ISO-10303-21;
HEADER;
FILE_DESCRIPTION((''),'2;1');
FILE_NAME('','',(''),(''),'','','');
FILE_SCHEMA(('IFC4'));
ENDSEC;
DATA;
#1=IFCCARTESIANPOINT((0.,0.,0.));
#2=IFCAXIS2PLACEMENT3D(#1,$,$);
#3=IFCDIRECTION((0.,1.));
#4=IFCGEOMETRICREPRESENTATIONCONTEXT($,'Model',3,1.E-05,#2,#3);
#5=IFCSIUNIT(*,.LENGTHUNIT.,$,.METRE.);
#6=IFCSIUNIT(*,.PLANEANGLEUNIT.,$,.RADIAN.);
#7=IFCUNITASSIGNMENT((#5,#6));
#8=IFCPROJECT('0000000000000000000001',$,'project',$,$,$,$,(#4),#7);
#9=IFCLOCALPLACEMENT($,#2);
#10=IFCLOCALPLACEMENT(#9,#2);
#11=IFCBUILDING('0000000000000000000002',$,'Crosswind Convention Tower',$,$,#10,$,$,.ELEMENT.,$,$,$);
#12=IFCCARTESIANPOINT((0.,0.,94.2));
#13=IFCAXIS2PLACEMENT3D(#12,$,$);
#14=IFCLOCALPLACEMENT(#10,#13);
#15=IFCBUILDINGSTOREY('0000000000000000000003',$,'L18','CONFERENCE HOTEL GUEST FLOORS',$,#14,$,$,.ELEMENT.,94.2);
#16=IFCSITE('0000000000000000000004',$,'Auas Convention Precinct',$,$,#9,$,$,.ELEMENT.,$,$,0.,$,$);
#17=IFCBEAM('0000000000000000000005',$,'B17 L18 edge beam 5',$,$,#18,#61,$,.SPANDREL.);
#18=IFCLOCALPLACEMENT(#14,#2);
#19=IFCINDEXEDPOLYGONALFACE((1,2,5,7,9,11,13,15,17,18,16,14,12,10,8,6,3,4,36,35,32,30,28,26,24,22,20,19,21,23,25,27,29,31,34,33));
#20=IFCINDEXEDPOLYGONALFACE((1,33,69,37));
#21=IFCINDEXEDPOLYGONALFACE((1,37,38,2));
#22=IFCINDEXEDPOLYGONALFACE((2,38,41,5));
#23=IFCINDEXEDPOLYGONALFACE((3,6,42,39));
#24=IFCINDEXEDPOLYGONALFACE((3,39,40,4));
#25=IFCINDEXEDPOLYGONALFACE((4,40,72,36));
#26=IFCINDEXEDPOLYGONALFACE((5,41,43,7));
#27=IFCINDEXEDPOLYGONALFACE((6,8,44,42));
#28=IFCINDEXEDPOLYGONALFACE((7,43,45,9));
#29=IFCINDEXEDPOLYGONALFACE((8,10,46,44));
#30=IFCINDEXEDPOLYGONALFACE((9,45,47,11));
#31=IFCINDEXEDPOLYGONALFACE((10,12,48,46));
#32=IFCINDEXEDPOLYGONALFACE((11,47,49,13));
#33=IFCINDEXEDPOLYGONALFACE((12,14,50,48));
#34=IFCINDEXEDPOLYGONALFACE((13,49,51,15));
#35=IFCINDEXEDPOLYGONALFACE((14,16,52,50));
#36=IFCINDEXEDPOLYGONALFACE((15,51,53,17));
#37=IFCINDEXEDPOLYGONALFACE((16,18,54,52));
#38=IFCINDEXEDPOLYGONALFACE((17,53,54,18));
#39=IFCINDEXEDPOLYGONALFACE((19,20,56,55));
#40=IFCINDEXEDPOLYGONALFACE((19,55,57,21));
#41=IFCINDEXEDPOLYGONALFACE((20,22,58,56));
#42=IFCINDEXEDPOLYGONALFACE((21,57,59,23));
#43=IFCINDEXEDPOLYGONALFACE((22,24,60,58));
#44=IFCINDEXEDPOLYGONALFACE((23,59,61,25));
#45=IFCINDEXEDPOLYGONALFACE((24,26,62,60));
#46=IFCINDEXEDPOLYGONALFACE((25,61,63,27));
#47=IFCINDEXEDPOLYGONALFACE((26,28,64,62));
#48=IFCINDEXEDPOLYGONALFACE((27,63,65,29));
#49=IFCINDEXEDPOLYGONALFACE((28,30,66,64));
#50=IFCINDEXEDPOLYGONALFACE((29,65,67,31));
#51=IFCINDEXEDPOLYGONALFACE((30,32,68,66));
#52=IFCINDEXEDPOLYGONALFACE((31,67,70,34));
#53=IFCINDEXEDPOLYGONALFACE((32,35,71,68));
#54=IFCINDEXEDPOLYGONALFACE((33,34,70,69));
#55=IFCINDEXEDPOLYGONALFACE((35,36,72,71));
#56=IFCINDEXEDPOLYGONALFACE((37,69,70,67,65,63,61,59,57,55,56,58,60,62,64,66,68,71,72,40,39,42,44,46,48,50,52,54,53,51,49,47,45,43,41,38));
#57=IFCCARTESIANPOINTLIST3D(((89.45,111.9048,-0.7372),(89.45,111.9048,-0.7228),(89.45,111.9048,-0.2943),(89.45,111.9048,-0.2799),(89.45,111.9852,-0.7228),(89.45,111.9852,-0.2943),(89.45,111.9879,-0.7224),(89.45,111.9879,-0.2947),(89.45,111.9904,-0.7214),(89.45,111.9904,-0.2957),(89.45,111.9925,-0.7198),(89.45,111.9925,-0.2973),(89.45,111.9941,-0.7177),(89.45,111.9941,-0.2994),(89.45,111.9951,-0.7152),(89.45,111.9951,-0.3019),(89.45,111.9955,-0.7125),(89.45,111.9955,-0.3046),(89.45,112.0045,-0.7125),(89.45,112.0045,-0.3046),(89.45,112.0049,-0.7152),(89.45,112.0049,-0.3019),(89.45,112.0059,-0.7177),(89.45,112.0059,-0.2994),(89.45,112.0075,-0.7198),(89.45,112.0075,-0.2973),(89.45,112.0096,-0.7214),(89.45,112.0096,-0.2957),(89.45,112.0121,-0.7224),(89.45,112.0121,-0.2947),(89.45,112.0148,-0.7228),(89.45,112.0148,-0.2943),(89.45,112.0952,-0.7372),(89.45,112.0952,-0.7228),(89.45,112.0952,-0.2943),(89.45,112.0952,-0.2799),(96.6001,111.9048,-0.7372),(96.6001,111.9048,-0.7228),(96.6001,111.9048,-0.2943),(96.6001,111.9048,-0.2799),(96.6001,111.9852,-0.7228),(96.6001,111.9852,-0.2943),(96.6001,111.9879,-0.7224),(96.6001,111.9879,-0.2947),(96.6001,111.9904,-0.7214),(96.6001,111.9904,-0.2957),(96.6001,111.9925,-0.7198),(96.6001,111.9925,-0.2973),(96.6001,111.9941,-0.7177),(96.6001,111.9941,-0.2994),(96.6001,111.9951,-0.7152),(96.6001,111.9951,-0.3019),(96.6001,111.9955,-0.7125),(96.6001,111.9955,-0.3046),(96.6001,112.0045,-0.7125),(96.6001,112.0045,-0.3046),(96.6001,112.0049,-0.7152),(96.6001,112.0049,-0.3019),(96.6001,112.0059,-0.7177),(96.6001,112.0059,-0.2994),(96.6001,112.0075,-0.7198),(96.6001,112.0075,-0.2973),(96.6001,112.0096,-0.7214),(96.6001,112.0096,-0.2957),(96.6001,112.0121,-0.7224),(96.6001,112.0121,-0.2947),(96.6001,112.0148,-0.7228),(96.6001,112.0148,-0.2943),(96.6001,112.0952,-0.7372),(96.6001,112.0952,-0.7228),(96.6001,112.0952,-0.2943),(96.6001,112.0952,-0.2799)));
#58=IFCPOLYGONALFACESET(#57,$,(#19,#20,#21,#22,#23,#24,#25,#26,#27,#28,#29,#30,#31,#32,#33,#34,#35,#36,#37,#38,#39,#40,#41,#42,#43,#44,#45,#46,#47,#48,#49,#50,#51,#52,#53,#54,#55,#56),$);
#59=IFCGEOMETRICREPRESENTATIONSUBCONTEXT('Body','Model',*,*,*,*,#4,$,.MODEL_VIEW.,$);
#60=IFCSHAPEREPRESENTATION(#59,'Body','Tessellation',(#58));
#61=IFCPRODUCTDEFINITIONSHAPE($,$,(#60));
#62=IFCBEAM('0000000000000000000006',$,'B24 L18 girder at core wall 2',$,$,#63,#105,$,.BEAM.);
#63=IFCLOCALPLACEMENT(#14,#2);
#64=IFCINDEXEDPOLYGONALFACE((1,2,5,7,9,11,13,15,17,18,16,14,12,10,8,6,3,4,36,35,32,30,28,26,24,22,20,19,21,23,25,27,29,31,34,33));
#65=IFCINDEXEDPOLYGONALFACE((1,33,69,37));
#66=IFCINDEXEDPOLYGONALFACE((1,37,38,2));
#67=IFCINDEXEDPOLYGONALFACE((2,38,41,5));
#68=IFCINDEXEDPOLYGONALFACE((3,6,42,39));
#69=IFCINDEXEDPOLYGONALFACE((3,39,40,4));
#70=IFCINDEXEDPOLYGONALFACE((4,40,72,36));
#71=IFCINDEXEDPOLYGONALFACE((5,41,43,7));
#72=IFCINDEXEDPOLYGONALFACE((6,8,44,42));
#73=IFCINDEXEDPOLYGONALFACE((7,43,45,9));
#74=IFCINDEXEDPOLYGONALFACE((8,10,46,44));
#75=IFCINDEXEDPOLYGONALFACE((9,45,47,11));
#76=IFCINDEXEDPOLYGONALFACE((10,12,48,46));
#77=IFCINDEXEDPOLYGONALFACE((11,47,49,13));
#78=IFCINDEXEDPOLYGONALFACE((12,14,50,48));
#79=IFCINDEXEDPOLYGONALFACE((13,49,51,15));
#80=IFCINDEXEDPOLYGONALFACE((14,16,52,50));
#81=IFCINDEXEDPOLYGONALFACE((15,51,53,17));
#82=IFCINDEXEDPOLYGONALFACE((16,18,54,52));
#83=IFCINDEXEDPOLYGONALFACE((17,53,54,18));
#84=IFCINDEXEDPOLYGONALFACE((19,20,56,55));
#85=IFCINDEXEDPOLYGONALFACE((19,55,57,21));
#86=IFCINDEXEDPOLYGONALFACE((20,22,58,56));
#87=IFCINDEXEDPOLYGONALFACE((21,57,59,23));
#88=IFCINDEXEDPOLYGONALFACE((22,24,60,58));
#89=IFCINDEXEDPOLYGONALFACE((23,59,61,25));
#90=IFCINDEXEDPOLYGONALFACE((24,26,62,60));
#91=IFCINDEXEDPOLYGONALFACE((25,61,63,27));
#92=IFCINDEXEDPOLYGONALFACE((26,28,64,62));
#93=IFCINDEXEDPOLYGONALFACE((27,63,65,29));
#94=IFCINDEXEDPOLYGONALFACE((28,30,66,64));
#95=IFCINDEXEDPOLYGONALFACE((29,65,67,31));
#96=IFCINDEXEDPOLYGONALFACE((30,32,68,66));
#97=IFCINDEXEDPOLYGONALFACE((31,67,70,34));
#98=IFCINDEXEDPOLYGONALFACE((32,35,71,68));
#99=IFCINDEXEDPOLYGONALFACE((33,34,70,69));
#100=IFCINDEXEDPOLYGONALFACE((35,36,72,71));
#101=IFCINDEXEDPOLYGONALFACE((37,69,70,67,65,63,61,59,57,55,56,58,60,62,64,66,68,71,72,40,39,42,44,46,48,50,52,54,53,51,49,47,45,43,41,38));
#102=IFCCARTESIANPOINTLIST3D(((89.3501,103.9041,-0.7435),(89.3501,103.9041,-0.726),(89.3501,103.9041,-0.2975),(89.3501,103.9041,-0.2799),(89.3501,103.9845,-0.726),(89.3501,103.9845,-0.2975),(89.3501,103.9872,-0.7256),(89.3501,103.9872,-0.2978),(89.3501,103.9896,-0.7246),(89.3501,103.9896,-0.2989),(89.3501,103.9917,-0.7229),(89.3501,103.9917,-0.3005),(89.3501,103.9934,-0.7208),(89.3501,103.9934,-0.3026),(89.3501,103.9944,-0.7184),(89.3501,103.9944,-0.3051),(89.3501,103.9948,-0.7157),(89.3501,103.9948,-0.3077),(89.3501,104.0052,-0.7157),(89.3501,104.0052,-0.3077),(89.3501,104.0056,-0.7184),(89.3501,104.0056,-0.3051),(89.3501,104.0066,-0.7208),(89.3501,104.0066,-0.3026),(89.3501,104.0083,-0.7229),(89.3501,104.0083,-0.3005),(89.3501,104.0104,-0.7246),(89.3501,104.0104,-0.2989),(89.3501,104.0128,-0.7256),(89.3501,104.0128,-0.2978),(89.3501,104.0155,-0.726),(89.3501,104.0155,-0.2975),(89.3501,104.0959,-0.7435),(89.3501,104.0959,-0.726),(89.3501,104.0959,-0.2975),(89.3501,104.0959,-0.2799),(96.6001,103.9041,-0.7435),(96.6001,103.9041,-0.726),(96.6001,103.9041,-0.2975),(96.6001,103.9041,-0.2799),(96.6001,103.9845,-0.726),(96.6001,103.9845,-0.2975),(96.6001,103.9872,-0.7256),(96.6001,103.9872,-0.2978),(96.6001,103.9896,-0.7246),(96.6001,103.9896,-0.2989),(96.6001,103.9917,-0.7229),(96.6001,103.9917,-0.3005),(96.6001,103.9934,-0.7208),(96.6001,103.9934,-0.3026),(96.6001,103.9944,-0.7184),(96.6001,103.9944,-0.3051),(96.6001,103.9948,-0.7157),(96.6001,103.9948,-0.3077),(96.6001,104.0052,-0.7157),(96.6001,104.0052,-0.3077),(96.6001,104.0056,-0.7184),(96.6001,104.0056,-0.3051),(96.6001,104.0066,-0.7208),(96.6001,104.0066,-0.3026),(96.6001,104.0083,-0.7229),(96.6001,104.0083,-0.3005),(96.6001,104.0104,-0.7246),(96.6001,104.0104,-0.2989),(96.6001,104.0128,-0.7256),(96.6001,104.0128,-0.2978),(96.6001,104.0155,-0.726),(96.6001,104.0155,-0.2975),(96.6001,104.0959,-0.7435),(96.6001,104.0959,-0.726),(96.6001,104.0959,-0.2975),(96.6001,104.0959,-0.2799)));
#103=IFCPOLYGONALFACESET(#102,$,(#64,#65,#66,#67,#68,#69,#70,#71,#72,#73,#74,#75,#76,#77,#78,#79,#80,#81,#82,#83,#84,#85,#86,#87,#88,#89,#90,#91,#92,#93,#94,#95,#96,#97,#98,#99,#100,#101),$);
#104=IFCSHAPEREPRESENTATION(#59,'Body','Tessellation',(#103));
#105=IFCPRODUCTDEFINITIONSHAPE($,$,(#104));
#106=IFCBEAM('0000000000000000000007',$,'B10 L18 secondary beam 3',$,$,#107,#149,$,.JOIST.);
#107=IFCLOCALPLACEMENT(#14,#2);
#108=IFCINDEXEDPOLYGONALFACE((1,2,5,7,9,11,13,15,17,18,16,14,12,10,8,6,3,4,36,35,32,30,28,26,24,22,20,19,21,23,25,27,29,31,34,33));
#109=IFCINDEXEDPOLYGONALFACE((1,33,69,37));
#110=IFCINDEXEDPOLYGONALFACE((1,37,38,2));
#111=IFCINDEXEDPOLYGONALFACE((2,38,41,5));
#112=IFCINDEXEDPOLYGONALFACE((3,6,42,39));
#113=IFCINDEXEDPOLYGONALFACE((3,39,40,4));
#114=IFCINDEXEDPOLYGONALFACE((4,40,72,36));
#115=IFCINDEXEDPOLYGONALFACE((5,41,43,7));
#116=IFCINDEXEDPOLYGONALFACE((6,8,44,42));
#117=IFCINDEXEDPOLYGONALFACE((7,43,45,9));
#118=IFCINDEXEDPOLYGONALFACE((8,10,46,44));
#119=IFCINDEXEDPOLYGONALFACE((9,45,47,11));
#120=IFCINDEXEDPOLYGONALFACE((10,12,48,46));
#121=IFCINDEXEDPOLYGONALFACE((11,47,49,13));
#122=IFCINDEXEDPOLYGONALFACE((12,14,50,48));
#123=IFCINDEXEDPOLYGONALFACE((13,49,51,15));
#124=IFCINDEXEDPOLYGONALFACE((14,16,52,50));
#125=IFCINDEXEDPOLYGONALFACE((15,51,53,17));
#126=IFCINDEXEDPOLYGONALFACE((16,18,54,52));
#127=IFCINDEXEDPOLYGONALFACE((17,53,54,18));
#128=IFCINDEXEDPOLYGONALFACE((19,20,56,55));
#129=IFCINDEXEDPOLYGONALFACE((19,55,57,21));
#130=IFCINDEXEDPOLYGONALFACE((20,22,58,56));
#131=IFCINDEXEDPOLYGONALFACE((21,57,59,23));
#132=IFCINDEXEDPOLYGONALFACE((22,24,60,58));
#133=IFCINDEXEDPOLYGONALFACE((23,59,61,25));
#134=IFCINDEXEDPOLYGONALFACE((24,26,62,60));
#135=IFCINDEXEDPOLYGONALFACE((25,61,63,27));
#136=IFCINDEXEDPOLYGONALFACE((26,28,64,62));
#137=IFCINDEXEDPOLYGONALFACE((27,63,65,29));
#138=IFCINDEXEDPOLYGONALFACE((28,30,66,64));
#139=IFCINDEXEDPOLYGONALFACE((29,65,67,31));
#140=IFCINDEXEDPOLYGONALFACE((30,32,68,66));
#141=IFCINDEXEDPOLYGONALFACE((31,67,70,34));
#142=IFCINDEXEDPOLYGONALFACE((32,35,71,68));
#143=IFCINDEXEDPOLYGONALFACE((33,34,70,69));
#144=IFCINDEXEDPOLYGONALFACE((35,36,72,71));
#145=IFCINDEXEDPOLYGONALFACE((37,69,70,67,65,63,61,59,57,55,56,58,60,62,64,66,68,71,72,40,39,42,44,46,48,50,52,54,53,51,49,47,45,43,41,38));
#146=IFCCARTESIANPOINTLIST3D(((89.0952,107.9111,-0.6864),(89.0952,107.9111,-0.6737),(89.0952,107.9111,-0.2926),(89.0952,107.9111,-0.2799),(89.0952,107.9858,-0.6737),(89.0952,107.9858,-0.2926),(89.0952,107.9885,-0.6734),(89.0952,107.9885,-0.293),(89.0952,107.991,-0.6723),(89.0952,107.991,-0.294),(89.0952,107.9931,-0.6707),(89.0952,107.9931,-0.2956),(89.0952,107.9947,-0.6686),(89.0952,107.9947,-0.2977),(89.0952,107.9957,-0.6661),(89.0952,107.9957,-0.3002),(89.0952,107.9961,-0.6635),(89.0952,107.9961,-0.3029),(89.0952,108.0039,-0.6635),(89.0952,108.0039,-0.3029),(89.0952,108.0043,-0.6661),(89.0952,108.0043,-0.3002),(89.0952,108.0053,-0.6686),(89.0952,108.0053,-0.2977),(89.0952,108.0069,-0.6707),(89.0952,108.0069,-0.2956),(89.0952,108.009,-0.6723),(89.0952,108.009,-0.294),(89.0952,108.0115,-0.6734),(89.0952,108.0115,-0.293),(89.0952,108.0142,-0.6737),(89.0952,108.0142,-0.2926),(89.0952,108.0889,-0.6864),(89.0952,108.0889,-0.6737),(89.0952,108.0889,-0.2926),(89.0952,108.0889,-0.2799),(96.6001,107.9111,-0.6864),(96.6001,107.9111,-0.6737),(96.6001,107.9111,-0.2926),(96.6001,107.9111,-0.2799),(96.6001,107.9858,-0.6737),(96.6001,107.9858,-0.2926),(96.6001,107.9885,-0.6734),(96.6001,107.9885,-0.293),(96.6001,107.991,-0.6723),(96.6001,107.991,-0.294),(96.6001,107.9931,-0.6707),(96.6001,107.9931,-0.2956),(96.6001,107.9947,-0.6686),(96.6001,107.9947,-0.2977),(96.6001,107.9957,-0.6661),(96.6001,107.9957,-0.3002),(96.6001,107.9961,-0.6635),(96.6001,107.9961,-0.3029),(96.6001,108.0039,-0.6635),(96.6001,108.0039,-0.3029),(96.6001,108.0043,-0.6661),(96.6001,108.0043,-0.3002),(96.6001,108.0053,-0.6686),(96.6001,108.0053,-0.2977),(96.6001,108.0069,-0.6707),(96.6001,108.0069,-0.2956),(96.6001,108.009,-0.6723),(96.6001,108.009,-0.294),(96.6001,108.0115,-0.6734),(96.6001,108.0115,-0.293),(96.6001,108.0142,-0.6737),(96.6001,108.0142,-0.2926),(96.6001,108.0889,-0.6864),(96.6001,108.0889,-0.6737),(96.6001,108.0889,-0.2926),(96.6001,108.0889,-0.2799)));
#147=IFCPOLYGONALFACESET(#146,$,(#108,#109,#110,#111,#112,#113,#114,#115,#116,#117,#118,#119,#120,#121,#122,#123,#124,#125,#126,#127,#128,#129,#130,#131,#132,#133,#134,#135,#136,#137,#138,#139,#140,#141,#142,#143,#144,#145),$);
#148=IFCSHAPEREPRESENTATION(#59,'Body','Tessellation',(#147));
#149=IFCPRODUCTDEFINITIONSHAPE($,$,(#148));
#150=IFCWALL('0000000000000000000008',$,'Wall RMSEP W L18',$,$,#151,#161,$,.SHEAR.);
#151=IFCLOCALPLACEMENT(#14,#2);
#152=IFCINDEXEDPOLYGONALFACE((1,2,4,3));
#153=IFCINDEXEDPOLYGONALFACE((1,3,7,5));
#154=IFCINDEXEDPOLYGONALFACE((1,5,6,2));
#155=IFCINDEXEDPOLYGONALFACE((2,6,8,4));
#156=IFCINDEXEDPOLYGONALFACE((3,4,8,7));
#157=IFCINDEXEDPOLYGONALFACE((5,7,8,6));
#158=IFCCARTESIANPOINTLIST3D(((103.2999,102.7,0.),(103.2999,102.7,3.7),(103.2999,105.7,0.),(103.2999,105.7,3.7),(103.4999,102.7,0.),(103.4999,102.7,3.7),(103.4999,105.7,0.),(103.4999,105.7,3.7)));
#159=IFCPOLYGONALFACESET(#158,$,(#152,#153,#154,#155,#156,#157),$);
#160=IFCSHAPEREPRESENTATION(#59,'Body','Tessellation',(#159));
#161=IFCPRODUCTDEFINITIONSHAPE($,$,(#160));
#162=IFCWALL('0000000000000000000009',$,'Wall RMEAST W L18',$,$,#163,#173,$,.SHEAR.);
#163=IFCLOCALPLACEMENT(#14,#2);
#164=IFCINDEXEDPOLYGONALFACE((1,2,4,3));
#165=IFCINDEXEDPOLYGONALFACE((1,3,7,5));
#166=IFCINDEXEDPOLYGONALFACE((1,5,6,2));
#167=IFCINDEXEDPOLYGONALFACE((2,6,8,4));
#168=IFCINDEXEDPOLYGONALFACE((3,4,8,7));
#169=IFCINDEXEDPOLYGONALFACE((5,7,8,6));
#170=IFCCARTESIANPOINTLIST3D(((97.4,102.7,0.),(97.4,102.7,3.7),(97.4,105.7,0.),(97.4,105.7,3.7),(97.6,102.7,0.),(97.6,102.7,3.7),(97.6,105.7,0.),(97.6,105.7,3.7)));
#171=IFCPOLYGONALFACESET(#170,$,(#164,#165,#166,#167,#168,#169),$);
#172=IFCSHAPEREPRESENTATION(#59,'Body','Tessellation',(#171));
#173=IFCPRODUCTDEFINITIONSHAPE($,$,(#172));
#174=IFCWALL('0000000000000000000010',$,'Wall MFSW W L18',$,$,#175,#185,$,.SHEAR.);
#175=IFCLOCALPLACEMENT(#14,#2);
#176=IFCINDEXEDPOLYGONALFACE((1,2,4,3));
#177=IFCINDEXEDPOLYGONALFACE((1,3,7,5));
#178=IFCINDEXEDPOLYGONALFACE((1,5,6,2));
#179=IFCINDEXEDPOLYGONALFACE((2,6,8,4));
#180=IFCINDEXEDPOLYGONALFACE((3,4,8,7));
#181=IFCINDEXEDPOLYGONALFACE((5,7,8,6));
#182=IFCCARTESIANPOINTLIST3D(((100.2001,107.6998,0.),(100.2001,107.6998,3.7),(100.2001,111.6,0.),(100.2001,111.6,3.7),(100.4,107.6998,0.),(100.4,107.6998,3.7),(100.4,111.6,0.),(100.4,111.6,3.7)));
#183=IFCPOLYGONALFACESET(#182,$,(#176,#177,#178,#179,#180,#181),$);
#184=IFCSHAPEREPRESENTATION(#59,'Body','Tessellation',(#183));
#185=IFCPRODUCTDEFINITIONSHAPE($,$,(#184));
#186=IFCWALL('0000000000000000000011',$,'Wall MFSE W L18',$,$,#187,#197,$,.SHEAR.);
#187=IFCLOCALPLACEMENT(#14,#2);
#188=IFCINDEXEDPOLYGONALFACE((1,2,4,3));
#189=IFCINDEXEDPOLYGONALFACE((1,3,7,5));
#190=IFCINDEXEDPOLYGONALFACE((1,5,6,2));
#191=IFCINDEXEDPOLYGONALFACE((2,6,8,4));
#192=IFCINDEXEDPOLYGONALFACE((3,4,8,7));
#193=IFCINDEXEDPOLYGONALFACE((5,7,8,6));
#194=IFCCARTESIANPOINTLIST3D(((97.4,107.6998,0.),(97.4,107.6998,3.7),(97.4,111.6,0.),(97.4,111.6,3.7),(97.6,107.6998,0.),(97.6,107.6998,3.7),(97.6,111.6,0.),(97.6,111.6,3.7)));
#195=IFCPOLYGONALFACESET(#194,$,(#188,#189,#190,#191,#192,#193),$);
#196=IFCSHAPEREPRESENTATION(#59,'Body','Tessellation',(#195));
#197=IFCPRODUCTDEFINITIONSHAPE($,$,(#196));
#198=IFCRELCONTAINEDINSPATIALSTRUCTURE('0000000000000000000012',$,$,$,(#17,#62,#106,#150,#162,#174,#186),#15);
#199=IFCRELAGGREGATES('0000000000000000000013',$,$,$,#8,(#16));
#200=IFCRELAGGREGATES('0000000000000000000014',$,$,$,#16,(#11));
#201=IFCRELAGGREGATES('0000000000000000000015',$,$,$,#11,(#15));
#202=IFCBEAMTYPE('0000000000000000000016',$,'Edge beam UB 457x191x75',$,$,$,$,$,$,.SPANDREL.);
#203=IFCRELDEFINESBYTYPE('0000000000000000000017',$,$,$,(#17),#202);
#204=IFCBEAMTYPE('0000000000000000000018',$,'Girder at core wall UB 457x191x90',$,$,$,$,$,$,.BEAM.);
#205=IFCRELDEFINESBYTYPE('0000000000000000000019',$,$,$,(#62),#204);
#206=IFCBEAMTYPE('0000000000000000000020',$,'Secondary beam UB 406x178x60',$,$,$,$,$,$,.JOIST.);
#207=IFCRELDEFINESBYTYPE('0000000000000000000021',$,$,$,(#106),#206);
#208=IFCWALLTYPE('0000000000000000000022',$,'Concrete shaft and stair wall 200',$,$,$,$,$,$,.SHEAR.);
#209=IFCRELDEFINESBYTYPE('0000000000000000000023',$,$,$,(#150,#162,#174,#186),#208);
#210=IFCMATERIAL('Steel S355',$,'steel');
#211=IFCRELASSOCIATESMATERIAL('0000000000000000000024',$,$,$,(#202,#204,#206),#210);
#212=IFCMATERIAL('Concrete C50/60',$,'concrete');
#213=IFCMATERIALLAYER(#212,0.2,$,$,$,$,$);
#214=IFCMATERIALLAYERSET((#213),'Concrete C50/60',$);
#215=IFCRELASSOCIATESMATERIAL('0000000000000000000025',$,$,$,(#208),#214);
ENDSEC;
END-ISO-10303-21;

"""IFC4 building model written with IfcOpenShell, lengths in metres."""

from ifc_helpers import new_model, si_unit, direction, frame, frame_2d, origin, origin_2d, place, context, subcontext, project, spatial, rectangle, i_section, extrude, material, layer, layer_set, material_profile, profile_set, type_object, element, save


model = new_model("IFC4")

# Units and contexts
model_context = context("Model", 3, precision=1e-05, world=origin(), true_north=direction((0.0, 1.0)))
body_context = subcontext(model_context, "Body", "Model", "MODEL_VIEW")
ifc_project = project(units=[si_unit("LENGTHUNIT", "METRE"), si_unit("PLANEANGLEUNIT", "RADIAN")], contexts=[model_context])

# Site, building, storey
site_placement = place(None, origin())
site = spatial("IfcSite", under=ifc_project, at=site_placement, Name="Auas Convention Precinct", CompositionType="ELEMENT", RefElevation=0.0)
building_placement = place(site_placement, origin())
building = spatial("IfcBuilding", under=site, at=building_placement, Name="Crosswind Convention Tower", CompositionType="ELEMENT")
storey_placement = place(building_placement, frame((0.0, 0.0, 94.2)))
storey = spatial("IfcBuildingStorey", under=building, at=storey_placement, Name="L18", Description="CONFERENCE HOTEL GUEST FLOORS", CompositionType="ELEMENT", Elevation=94.2)

# Beams
ifc_material_1 = material(Name="Steel S355", Category="steel")
ifc_material_profile_1 = material_profile(ifc_material_1, i_section(OverallWidth=0.1904, OverallDepth=0.4573, WebThickness=0.009, FlangeThickness=0.0144, FilletRadius=0.0103, at=origin_2d()), Name="UB 457x191x75")
ifc_profile_set_1 = profile_set([ifc_material_profile_1], Name="Steel S355")
beam_type_1 = type_object("IfcBeamType", Name="Edge beam UB 457x191x75", PredefinedType="SPANDREL", material=ifc_profile_set_1)
beam_1_placement = place(storey_placement, frame((89.45, 112.0, -0.5085), z_axis=(1.0, 0.0, 0.0), x_axis=(0.0, 1.0, 0.0)))
element("IfcBeam", 1, at=beam_1_placement, inside=storey, type_object=beam_type_1, Name="B17 L18 edge beam 5", PredefinedType="SPANDREL", context=body_context, shape_type="SweptSolid", body=[
    extrude(i_section(OverallWidth=0.1904, OverallDepth=0.4573, WebThickness=0.009, FlangeThickness=0.0144, FilletRadius=0.0103, at=origin_2d()), origin(), (0.0, 0.0, 1.0), 7.1501),
])
ifc_material_profile_2 = material_profile(ifc_material_1, i_section(OverallWidth=0.1919, OverallDepth=0.4636, WebThickness=0.0105, FlangeThickness=0.0176, FilletRadius=0.0103, at=origin_2d()), Name="UB 457x191x90")
ifc_profile_set_2 = profile_set([ifc_material_profile_2], Name="Steel S355")
beam_type_2 = type_object("IfcBeamType", Name="Girder at core wall UB 457x191x90", PredefinedType="BEAM", material=ifc_profile_set_2)
beam_2_placement = place(storey_placement, frame((89.3501, 104.0, -0.5117), z_axis=(1.0, 0.0, 0.0), x_axis=(0.0, 1.0, 0.0)))
element("IfcBeam", 2, at=beam_2_placement, inside=storey, type_object=beam_type_2, Name="B24 L18 girder at core wall 2", PredefinedType="BEAM", context=body_context, shape_type="SweptSolid", body=[
    extrude(i_section(OverallWidth=0.1919, OverallDepth=0.4636, WebThickness=0.0105, FlangeThickness=0.0176, FilletRadius=0.0103, at=origin_2d()), origin(), (0.0, 0.0, 1.0), 7.25),
])
ifc_material_profile_3 = material_profile(ifc_material_1, i_section(OverallWidth=0.1777, OverallDepth=0.4065, WebThickness=0.0078, FlangeThickness=0.0127, FilletRadius=0.0103, at=origin_2d()), Name="UB 406x178x60")
ifc_profile_set_3 = profile_set([ifc_material_profile_3], Name="Steel S355")
beam_type_3 = type_object("IfcBeamType", Name="Secondary beam UB 406x178x60", PredefinedType="JOIST", material=ifc_profile_set_3)
beam_3_placement = place(storey_placement, frame((89.0952, 108.0, -0.4832), z_axis=(1.0, 0.0, 0.0), x_axis=(0.0, 1.0, 0.0)))
element("IfcBeam", 3, at=beam_3_placement, inside=storey, type_object=beam_type_3, Name="B10 L18 secondary beam 3", PredefinedType="JOIST", context=body_context, shape_type="SweptSolid", body=[
    extrude(i_section(OverallWidth=0.1777, OverallDepth=0.4065, WebThickness=0.0078, FlangeThickness=0.0127, FilletRadius=0.0103, at=origin_2d()), origin(), (0.0, 0.0, 1.0), 7.5049),
])

# Walls
ifc_material_2 = material(Name="Concrete C50/60", Category="concrete")
ifc_layer_1 = layer(ifc_material_2, 0.2)
ifc_layer_set_1 = layer_set([ifc_layer_1], Name="Concrete C50/60")
wall_type_1 = type_object("IfcWallType", Name="Concrete shaft and stair wall 200", PredefinedType="SHEAR", material=ifc_layer_set_1)
for number, where, z_axis, x_axis, name in (
    (4, (103.3999, 105.7, 0.0), (0.0, 0.0, 1.0), (0.0, -1.0, 0.0), "Wall RMSEP W L18"),
    (5, (97.5, 105.7, 0.0), (0.0, 0.0, 1.0), (0.0, -1.0, 0.0), "Wall RMEAST W L18"),
):
    element("IfcWall", number, at=place(storey_placement, frame(where, z_axis=z_axis, x_axis=x_axis)), inside=storey, type_object=wall_type_1, Name=name, PredefinedType="SHEAR", context=body_context, shape_type="SweptSolid", body=[
        extrude(rectangle(XDim=3.0, YDim=0.2, at=frame_2d((1.5, 0.0))), origin(), (0.0, 0.0, 1.0), 3.7),
    ])
for number, where, z_axis, x_axis, name in (
    (6, (100.3, 111.6001, 0.0), (0.0, 0.0, 1.0), (0.0, -1.0, 0.0), "Wall MFSW W L18"),
    (7, (97.5, 111.6001, 0.0), (0.0, 0.0, 1.0), (0.0, -1.0, 0.0), "Wall MFSE W L18"),
):
    element("IfcWall", number, at=place(storey_placement, frame(where, z_axis=z_axis, x_axis=x_axis)), inside=storey, type_object=wall_type_1, Name=name, PredefinedType="SHEAR", context=body_context, shape_type="SweptSolid", body=[
        extrude(rectangle(XDim=3.9001, YDim=0.2, at=frame_2d((1.9502, 0.0))), origin(), (0.0, 0.0, 1.0), 3.7),
    ])

save(model, "model.ifc")
